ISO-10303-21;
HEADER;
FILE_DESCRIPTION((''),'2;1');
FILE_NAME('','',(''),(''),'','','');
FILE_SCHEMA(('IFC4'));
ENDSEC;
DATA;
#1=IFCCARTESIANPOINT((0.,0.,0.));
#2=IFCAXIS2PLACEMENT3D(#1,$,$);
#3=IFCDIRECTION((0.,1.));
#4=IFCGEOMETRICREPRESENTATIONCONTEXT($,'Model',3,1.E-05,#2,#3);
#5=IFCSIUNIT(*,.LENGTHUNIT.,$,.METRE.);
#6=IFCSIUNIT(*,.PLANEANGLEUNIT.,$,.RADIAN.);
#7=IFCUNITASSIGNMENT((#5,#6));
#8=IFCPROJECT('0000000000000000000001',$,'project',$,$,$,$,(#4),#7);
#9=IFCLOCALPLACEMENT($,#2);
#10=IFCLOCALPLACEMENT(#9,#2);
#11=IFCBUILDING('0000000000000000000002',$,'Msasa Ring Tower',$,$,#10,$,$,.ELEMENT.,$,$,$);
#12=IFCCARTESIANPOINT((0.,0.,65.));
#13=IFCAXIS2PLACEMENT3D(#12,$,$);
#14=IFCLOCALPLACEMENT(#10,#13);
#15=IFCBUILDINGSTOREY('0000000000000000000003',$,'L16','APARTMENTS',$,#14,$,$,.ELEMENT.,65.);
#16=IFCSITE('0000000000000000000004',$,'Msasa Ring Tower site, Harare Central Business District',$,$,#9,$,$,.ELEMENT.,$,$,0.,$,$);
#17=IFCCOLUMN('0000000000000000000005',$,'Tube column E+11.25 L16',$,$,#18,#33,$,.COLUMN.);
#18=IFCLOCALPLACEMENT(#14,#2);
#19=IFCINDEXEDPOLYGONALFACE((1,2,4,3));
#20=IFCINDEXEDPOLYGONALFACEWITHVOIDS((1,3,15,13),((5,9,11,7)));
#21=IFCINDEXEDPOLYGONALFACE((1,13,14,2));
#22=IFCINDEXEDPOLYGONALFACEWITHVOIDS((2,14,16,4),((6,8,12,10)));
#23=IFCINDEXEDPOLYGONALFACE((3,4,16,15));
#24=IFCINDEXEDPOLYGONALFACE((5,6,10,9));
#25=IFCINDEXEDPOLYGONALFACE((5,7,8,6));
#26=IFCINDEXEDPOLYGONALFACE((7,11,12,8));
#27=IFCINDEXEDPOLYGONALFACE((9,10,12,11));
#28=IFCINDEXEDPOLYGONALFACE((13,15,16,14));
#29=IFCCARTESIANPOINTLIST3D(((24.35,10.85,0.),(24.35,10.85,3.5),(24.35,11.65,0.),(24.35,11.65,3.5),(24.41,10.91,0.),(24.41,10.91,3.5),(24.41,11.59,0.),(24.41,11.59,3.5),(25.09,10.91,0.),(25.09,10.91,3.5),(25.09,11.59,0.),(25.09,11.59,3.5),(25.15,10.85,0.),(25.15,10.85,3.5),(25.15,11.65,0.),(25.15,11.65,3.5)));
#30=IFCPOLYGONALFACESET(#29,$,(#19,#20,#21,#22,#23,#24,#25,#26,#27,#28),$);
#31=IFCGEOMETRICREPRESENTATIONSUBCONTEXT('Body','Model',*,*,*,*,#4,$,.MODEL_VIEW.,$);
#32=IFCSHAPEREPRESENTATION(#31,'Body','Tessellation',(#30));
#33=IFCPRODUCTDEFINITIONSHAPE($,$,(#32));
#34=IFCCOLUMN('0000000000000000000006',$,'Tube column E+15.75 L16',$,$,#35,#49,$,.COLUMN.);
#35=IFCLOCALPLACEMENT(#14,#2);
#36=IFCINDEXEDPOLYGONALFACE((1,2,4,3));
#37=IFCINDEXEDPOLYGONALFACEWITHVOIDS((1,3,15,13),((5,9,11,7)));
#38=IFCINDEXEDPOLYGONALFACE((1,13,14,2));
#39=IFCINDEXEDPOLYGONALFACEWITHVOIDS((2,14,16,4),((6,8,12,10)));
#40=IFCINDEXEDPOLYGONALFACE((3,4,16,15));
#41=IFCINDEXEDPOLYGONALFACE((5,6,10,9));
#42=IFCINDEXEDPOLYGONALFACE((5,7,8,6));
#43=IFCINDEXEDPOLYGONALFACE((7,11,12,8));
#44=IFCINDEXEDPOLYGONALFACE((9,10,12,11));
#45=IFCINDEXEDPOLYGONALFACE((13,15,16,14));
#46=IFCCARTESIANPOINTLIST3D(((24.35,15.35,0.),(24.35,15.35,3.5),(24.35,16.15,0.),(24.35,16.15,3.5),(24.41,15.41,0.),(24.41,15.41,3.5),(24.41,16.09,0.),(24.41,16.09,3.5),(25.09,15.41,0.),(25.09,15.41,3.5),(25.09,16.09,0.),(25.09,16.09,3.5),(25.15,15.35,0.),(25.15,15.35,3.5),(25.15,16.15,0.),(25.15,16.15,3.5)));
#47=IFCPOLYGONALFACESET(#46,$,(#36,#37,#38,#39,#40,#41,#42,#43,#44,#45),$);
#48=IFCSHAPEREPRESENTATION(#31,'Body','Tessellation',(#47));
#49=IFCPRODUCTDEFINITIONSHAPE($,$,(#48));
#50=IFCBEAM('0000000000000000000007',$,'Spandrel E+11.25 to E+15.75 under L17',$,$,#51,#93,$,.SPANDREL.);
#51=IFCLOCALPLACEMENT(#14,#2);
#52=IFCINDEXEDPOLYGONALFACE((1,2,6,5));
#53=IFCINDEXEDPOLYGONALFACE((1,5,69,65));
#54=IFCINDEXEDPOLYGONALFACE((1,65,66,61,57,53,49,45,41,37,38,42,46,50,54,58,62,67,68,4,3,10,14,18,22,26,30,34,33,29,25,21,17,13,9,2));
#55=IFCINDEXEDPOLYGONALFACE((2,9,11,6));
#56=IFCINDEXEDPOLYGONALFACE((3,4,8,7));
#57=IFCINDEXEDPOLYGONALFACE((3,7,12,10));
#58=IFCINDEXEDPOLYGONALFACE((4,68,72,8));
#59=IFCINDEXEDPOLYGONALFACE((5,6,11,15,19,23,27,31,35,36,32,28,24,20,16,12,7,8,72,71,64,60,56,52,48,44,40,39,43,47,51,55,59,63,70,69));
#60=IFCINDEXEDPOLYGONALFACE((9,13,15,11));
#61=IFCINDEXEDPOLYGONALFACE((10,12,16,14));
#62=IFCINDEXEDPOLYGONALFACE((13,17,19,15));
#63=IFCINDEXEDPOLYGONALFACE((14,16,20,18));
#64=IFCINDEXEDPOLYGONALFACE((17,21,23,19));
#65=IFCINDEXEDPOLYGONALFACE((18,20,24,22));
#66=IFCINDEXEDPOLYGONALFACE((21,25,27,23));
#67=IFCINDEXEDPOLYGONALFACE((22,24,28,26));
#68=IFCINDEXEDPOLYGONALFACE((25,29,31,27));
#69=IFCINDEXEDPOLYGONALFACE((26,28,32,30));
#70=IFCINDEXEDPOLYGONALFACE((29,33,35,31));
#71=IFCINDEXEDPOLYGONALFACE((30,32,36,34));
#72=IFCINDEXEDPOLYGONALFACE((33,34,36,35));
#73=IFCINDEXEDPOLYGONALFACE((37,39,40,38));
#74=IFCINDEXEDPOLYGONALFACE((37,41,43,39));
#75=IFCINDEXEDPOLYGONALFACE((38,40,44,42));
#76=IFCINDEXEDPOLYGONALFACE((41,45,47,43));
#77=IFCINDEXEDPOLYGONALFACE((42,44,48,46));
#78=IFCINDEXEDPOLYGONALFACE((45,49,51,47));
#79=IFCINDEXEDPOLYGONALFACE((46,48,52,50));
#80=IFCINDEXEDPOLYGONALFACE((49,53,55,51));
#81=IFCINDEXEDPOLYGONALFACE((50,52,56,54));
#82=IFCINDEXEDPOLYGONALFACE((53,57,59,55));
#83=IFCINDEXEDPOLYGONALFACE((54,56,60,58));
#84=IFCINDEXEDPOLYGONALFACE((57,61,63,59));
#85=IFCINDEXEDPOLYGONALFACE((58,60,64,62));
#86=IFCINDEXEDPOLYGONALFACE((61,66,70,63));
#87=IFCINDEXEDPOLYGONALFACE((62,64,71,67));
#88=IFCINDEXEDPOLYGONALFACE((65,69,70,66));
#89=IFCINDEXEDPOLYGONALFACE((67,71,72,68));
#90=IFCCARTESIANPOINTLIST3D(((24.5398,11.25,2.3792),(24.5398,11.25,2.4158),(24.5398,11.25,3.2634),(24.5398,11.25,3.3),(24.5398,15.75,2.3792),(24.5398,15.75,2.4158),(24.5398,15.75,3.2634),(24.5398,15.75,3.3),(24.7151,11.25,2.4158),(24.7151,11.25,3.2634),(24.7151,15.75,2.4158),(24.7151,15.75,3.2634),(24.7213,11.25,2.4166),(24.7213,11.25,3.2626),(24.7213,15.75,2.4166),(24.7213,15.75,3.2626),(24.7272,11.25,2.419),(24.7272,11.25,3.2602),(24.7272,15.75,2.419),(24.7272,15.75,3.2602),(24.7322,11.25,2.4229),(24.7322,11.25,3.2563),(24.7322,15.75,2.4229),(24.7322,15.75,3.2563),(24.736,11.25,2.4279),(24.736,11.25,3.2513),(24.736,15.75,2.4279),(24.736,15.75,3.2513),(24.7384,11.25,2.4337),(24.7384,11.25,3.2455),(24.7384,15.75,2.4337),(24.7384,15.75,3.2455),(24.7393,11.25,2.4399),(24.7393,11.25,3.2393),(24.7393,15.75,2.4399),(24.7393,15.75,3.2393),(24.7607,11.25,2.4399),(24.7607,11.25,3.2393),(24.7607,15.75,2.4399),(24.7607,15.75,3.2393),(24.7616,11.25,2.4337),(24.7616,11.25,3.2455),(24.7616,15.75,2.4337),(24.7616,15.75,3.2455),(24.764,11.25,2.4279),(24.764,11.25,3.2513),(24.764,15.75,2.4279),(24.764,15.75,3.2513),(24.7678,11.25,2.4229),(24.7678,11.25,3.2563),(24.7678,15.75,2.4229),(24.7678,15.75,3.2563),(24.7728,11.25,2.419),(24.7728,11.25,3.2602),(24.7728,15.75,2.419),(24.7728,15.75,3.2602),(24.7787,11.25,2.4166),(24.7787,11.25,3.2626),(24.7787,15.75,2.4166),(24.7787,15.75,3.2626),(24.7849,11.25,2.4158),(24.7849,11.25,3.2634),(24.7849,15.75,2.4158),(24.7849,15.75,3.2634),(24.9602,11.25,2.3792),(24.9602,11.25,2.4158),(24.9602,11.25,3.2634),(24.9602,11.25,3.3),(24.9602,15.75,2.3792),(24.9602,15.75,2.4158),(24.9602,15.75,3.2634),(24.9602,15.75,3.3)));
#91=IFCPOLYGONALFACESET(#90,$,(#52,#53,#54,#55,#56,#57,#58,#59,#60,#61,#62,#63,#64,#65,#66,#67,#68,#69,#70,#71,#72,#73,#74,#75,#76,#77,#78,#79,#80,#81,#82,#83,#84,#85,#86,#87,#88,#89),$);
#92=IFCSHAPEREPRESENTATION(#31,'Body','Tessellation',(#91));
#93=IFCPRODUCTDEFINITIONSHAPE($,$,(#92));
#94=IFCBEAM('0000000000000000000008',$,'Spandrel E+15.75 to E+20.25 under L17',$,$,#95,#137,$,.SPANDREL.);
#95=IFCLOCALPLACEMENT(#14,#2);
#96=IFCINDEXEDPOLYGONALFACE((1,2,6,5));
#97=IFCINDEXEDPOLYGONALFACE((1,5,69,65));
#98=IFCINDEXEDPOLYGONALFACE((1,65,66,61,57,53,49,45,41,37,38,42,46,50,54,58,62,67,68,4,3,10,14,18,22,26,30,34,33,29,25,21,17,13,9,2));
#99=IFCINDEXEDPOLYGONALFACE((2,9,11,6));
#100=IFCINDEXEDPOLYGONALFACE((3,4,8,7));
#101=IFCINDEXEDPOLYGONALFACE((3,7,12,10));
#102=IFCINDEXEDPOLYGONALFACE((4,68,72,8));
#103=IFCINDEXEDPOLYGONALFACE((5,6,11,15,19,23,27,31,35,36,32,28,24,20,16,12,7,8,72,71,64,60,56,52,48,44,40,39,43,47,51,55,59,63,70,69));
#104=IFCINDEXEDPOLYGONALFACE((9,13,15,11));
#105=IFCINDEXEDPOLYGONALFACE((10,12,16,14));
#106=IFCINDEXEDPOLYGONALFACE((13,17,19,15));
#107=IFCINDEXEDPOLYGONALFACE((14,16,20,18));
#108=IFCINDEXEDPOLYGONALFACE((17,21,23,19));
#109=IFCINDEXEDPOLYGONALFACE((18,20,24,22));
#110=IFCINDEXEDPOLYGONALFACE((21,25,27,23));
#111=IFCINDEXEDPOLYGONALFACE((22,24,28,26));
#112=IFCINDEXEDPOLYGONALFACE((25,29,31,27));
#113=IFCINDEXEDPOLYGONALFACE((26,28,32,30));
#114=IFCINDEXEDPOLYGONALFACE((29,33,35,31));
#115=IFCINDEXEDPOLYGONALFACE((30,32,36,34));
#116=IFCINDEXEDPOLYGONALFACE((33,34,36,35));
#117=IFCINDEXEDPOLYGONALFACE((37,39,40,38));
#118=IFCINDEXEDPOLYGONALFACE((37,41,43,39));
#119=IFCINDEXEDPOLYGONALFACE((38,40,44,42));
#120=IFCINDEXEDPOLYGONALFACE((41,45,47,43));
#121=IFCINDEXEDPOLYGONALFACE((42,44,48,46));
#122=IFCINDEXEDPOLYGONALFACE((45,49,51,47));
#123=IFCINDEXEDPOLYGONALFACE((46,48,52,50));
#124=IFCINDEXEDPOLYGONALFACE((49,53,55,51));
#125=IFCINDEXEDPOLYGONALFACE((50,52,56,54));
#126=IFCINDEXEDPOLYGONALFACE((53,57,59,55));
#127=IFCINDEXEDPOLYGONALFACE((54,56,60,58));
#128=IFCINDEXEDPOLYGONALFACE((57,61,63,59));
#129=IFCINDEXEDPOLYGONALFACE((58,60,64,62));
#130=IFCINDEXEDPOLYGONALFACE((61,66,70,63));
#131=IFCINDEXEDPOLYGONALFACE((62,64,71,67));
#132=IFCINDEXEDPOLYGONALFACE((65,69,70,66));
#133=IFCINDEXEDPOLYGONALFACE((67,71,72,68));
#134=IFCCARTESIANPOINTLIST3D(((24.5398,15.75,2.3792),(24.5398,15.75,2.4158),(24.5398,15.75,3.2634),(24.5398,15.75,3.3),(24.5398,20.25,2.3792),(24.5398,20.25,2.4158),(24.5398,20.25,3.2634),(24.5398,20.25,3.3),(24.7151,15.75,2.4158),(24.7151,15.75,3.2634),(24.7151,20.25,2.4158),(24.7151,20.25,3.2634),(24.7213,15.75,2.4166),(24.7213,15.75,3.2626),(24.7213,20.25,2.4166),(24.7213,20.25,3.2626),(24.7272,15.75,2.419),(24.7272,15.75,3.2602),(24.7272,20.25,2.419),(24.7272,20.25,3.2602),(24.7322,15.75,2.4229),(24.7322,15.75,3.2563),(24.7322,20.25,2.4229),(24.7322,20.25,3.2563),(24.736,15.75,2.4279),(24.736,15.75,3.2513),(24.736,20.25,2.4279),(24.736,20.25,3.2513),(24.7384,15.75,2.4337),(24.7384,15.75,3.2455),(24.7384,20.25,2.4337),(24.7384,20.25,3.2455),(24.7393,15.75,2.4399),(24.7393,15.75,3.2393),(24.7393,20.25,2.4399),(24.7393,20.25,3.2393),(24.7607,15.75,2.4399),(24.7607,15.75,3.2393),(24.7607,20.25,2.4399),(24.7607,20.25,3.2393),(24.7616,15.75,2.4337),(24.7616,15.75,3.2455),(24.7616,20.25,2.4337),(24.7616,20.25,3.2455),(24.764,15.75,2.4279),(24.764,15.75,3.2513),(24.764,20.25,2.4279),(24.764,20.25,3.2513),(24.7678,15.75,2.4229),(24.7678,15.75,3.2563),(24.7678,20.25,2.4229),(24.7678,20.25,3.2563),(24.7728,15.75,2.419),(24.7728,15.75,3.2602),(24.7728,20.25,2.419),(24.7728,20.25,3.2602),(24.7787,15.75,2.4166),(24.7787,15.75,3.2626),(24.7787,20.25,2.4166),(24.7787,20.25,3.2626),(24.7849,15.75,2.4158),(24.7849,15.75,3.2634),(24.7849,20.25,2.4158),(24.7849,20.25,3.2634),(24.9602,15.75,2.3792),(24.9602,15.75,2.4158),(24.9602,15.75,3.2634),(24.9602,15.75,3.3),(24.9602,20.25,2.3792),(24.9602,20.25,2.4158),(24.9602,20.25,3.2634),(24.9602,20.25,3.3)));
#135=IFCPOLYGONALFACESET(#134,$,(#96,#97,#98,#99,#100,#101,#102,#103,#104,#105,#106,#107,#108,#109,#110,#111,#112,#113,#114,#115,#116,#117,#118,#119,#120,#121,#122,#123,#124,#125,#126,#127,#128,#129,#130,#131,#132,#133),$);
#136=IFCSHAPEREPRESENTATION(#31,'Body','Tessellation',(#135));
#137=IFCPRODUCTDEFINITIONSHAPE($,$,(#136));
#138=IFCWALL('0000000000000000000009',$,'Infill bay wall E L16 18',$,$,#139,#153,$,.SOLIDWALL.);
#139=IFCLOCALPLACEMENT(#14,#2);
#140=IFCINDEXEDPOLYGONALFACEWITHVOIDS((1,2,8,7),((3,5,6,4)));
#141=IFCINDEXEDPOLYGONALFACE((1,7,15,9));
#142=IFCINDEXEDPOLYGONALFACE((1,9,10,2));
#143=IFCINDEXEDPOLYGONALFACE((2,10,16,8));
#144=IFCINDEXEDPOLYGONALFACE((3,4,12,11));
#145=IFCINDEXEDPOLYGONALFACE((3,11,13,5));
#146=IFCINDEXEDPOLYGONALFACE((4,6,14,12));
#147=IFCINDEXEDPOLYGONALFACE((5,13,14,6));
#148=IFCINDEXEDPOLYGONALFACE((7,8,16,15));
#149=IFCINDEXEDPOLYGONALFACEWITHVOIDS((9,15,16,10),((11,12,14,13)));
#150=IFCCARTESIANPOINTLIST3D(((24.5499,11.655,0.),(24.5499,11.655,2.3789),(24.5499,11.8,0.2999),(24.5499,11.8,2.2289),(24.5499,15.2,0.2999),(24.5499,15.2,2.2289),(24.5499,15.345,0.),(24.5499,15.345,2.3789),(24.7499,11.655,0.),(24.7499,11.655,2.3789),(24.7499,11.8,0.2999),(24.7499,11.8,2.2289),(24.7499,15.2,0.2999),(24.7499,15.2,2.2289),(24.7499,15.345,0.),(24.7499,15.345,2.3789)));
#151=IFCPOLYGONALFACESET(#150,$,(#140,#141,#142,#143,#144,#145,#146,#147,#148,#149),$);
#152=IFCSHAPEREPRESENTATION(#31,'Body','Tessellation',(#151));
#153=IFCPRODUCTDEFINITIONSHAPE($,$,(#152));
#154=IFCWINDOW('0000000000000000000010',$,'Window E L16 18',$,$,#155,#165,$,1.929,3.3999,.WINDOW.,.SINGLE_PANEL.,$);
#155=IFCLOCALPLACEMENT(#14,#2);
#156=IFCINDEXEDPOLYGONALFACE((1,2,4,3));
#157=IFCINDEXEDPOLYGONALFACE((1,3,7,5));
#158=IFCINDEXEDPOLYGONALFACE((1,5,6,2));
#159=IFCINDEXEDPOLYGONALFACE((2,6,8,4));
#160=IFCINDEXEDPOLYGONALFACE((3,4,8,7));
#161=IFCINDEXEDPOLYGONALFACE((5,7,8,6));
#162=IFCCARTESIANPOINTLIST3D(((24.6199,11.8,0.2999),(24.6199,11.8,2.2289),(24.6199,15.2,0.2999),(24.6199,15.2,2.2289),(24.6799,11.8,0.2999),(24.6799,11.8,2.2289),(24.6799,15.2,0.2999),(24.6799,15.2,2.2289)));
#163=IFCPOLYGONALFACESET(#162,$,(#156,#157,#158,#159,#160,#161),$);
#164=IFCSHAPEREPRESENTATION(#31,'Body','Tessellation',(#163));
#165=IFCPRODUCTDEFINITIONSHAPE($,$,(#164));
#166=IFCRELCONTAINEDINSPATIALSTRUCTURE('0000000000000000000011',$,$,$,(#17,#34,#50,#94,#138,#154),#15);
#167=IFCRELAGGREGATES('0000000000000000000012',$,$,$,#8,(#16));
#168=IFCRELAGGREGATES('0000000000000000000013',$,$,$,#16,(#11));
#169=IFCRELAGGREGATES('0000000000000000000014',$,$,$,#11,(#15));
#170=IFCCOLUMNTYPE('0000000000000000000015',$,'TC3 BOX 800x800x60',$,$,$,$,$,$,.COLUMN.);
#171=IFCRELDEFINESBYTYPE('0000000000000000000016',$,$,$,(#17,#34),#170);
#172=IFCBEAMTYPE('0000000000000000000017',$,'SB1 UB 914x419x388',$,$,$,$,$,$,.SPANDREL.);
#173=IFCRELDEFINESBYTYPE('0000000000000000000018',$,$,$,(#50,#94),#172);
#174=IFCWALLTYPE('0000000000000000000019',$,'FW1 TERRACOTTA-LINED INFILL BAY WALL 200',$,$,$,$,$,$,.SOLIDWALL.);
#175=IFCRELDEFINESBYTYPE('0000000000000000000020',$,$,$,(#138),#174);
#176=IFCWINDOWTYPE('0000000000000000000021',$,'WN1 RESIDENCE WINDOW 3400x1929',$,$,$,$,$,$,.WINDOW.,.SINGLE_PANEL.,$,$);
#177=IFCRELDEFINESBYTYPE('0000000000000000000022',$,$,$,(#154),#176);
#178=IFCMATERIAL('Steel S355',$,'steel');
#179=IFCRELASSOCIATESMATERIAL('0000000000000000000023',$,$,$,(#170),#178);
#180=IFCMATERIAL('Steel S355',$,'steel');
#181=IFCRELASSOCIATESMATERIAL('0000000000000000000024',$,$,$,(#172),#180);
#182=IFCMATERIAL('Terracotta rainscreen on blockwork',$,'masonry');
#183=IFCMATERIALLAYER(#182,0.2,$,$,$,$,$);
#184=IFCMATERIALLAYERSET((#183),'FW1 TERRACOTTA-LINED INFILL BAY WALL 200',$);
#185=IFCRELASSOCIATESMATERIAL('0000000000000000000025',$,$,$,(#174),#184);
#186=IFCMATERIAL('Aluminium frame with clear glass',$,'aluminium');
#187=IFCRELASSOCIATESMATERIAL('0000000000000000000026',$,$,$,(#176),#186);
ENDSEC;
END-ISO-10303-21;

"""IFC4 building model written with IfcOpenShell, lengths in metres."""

from ifc_helpers import new_model, si_unit, direction, frame, frame_2d, origin, origin_2d, place, context, subcontext, project, spatial, rectangle, hollow_rectangle, i_section, extrude, material, layer, layer_set, material_profile, profile_set, type_object, element, fill, save


model = new_model("IFC4")

# Units and contexts
model_context = context("Model", 3, precision=1e-05, world=origin(), true_north=direction((0.0, 1.0)))
body_context = subcontext(model_context, "Body", "Model", "MODEL_VIEW")
ifc_project = project(units=[si_unit("LENGTHUNIT", "METRE"), si_unit("PLANEANGLEUNIT", "RADIAN")], contexts=[model_context])

# Site, building, storey
site_placement = place(None, origin())
site = spatial("IfcSite", under=ifc_project, at=site_placement, Name="Msasa Ring Tower site, Harare Central Business District", CompositionType="ELEMENT", RefElevation=0.0)
building_placement = place(site_placement, origin())
building = spatial("IfcBuilding", under=site, at=building_placement, Name="Msasa Ring Tower", CompositionType="ELEMENT")
storey_placement = place(building_placement, frame((0.0, 0.0, 65.0)))
storey = spatial("IfcBuildingStorey", under=building, at=storey_placement, Name="L16", Description="APARTMENTS", CompositionType="ELEMENT", Elevation=65.0)

# Columns
ifc_material_1 = material(Name="Steel S355", Category="steel")
ifc_material_profile_1 = material_profile(ifc_material_1, hollow_rectangle(XDim=0.8, YDim=0.8, WallThickness=0.0601, at=origin_2d()), Name="BOX 800x800x60")
ifc_profile_set_1 = profile_set([ifc_material_profile_1], Name="Steel S355")
column_type = type_object("IfcColumnType", Name="TC3 BOX 800x800x60", PredefinedType="COLUMN", material=ifc_profile_set_1)
for number, where, z_axis, x_axis, name in (
    (1, (24.75, 11.25, 0.0), (0.0, 0.0, 1.0), (1.0, 0.0, 0.0), "Tube column E+11.25 L16"),
    (2, (24.75, 15.75, 0.0), (0.0, 0.0, 1.0), (1.0, 0.0, 0.0), "Tube column E+15.75 L16"),
):
    element("IfcColumn", number, at=place(storey_placement, frame(where, z_axis=z_axis, x_axis=x_axis)), inside=storey, type_object=column_type, Name=name, PredefinedType="COLUMN", context=body_context, shape_type="SweptSolid", body=[
        extrude(hollow_rectangle(XDim=0.8, YDim=0.8, WallThickness=0.0601, at=origin_2d()), origin(), (0.0, 0.0, 1.0), 3.5),
    ])

# Beams
ifc_material_2 = material(Name="Steel S355", Category="steel")
ifc_material_profile_2 = material_profile(ifc_material_2, i_section(OverallWidth=0.4204, OverallDepth=0.9209, WebThickness=0.0215, FlangeThickness=0.0366, FilletRadius=0.0242, at=origin_2d()), Name="UB 914x419x388")
ifc_profile_set_2 = profile_set([ifc_material_profile_2], Name="Steel S355")
beam_type = type_object("IfcBeamType", Name="SB1 UB 914x419x388", PredefinedType="SPANDREL", material=ifc_profile_set_2)
for number, where, z_axis, x_axis, name in (
    (3, (24.75, 11.25, 2.8396), (0.0, 1.0, 0.0), (-1.0, 0.0, 0.0), "Spandrel E+11.25 to E+15.75 under L17"),
    (4, (24.75, 15.75, 2.8396), (0.0, 1.0, 0.0), (-1.0, 0.0, 0.0), "Spandrel E+15.75 to E+20.25 under L17"),
):
    element("IfcBeam", number, at=place(storey_placement, frame(where, z_axis=z_axis, x_axis=x_axis)), inside=storey, type_object=beam_type, Name=name, PredefinedType="SPANDREL", context=body_context, shape_type="SweptSolid", body=[
        extrude(i_section(OverallWidth=0.4204, OverallDepth=0.9209, WebThickness=0.0215, FlangeThickness=0.0366, FilletRadius=0.0242, at=origin_2d()), origin(), (0.0, 0.0, 1.0), 4.5),
    ])

# Wall, opening, window
ifc_material_3 = material(Name="Terracotta rainscreen on blockwork", Category="masonry")
ifc_layer_1 = layer(ifc_material_3, 0.2)
ifc_layer_set_1 = layer_set([ifc_layer_1], Name="FW1 TERRACOTTA-LINED INFILL BAY WALL 200")
wall_type_1 = type_object("IfcWallType", Name="FW1 TERRACOTTA-LINED INFILL BAY WALL 200", PredefinedType="SOLIDWALL", material=ifc_layer_set_1)
wall_1_placement = place(storey_placement, frame((24.6499, 11.655, 0.0), z_axis=(0.0, 0.0, 1.0), x_axis=(0.0, 1.0, 0.0)))
wall_1 = element("IfcWall", 5, at=wall_1_placement, inside=storey, type_object=wall_type_1, Name="Infill bay wall E L16 18", PredefinedType="SOLIDWALL", context=body_context, shape_type="SweptSolid", body=[
    extrude(rectangle(XDim=3.6899, YDim=0.2, at=frame_2d((1.845, 0.0))), origin(), (0.0, 0.0, 1.0), 2.3789),
])
opening_1_placement = place(wall_1_placement, frame((0.145, 0.0, 0.3)))
opening_1 = element("IfcOpeningElement", 6, at=opening_1_placement, cuts=wall_1, PredefinedType="OPENING", context=body_context, shape_type="SweptSolid", body=[
    extrude(rectangle(XDim=3.3999, YDim=1.929, at=frame_2d((1.7, 0.9644))), frame((0.0, 0.1099, 0.0), z_axis=(0.0, -1.0, 0.0), x_axis=(1.0, 0.0, 0.0)), (0.0, 0.0, 1.0), 0.22),
])
ifc_material_4 = material(Name="Aluminium frame with clear glass", Category="aluminium")
window_type = type_object("IfcWindowType", Name="WN1 RESIDENCE WINDOW 3400x1929", PartitioningType="SINGLE_PANEL", PredefinedType="WINDOW", material=ifc_material_4)
window_1_placement = place(opening_1_placement, origin())
window_1 = element("IfcWindow", 7, at=window_1_placement, inside=storey, type_object=window_type, Name="Window E L16 18", OverallHeight=1.929, OverallWidth=3.3999, PartitioningType="SINGLE_PANEL", PredefinedType="WINDOW", context=body_context, shape_type="SweptSolid", body=[
    extrude(rectangle(XDim=3.3999, YDim=1.929, at=frame_2d((1.7, 0.9644))), frame((0.0, 0.03, 0.0), z_axis=(0.0, -1.0, 0.0), x_axis=(1.0, 0.0, 0.0)), (0.0, 0.0, 1.0), 0.0601),
])
fill(opening_1, window_1)

save(model, "model.ifc")
